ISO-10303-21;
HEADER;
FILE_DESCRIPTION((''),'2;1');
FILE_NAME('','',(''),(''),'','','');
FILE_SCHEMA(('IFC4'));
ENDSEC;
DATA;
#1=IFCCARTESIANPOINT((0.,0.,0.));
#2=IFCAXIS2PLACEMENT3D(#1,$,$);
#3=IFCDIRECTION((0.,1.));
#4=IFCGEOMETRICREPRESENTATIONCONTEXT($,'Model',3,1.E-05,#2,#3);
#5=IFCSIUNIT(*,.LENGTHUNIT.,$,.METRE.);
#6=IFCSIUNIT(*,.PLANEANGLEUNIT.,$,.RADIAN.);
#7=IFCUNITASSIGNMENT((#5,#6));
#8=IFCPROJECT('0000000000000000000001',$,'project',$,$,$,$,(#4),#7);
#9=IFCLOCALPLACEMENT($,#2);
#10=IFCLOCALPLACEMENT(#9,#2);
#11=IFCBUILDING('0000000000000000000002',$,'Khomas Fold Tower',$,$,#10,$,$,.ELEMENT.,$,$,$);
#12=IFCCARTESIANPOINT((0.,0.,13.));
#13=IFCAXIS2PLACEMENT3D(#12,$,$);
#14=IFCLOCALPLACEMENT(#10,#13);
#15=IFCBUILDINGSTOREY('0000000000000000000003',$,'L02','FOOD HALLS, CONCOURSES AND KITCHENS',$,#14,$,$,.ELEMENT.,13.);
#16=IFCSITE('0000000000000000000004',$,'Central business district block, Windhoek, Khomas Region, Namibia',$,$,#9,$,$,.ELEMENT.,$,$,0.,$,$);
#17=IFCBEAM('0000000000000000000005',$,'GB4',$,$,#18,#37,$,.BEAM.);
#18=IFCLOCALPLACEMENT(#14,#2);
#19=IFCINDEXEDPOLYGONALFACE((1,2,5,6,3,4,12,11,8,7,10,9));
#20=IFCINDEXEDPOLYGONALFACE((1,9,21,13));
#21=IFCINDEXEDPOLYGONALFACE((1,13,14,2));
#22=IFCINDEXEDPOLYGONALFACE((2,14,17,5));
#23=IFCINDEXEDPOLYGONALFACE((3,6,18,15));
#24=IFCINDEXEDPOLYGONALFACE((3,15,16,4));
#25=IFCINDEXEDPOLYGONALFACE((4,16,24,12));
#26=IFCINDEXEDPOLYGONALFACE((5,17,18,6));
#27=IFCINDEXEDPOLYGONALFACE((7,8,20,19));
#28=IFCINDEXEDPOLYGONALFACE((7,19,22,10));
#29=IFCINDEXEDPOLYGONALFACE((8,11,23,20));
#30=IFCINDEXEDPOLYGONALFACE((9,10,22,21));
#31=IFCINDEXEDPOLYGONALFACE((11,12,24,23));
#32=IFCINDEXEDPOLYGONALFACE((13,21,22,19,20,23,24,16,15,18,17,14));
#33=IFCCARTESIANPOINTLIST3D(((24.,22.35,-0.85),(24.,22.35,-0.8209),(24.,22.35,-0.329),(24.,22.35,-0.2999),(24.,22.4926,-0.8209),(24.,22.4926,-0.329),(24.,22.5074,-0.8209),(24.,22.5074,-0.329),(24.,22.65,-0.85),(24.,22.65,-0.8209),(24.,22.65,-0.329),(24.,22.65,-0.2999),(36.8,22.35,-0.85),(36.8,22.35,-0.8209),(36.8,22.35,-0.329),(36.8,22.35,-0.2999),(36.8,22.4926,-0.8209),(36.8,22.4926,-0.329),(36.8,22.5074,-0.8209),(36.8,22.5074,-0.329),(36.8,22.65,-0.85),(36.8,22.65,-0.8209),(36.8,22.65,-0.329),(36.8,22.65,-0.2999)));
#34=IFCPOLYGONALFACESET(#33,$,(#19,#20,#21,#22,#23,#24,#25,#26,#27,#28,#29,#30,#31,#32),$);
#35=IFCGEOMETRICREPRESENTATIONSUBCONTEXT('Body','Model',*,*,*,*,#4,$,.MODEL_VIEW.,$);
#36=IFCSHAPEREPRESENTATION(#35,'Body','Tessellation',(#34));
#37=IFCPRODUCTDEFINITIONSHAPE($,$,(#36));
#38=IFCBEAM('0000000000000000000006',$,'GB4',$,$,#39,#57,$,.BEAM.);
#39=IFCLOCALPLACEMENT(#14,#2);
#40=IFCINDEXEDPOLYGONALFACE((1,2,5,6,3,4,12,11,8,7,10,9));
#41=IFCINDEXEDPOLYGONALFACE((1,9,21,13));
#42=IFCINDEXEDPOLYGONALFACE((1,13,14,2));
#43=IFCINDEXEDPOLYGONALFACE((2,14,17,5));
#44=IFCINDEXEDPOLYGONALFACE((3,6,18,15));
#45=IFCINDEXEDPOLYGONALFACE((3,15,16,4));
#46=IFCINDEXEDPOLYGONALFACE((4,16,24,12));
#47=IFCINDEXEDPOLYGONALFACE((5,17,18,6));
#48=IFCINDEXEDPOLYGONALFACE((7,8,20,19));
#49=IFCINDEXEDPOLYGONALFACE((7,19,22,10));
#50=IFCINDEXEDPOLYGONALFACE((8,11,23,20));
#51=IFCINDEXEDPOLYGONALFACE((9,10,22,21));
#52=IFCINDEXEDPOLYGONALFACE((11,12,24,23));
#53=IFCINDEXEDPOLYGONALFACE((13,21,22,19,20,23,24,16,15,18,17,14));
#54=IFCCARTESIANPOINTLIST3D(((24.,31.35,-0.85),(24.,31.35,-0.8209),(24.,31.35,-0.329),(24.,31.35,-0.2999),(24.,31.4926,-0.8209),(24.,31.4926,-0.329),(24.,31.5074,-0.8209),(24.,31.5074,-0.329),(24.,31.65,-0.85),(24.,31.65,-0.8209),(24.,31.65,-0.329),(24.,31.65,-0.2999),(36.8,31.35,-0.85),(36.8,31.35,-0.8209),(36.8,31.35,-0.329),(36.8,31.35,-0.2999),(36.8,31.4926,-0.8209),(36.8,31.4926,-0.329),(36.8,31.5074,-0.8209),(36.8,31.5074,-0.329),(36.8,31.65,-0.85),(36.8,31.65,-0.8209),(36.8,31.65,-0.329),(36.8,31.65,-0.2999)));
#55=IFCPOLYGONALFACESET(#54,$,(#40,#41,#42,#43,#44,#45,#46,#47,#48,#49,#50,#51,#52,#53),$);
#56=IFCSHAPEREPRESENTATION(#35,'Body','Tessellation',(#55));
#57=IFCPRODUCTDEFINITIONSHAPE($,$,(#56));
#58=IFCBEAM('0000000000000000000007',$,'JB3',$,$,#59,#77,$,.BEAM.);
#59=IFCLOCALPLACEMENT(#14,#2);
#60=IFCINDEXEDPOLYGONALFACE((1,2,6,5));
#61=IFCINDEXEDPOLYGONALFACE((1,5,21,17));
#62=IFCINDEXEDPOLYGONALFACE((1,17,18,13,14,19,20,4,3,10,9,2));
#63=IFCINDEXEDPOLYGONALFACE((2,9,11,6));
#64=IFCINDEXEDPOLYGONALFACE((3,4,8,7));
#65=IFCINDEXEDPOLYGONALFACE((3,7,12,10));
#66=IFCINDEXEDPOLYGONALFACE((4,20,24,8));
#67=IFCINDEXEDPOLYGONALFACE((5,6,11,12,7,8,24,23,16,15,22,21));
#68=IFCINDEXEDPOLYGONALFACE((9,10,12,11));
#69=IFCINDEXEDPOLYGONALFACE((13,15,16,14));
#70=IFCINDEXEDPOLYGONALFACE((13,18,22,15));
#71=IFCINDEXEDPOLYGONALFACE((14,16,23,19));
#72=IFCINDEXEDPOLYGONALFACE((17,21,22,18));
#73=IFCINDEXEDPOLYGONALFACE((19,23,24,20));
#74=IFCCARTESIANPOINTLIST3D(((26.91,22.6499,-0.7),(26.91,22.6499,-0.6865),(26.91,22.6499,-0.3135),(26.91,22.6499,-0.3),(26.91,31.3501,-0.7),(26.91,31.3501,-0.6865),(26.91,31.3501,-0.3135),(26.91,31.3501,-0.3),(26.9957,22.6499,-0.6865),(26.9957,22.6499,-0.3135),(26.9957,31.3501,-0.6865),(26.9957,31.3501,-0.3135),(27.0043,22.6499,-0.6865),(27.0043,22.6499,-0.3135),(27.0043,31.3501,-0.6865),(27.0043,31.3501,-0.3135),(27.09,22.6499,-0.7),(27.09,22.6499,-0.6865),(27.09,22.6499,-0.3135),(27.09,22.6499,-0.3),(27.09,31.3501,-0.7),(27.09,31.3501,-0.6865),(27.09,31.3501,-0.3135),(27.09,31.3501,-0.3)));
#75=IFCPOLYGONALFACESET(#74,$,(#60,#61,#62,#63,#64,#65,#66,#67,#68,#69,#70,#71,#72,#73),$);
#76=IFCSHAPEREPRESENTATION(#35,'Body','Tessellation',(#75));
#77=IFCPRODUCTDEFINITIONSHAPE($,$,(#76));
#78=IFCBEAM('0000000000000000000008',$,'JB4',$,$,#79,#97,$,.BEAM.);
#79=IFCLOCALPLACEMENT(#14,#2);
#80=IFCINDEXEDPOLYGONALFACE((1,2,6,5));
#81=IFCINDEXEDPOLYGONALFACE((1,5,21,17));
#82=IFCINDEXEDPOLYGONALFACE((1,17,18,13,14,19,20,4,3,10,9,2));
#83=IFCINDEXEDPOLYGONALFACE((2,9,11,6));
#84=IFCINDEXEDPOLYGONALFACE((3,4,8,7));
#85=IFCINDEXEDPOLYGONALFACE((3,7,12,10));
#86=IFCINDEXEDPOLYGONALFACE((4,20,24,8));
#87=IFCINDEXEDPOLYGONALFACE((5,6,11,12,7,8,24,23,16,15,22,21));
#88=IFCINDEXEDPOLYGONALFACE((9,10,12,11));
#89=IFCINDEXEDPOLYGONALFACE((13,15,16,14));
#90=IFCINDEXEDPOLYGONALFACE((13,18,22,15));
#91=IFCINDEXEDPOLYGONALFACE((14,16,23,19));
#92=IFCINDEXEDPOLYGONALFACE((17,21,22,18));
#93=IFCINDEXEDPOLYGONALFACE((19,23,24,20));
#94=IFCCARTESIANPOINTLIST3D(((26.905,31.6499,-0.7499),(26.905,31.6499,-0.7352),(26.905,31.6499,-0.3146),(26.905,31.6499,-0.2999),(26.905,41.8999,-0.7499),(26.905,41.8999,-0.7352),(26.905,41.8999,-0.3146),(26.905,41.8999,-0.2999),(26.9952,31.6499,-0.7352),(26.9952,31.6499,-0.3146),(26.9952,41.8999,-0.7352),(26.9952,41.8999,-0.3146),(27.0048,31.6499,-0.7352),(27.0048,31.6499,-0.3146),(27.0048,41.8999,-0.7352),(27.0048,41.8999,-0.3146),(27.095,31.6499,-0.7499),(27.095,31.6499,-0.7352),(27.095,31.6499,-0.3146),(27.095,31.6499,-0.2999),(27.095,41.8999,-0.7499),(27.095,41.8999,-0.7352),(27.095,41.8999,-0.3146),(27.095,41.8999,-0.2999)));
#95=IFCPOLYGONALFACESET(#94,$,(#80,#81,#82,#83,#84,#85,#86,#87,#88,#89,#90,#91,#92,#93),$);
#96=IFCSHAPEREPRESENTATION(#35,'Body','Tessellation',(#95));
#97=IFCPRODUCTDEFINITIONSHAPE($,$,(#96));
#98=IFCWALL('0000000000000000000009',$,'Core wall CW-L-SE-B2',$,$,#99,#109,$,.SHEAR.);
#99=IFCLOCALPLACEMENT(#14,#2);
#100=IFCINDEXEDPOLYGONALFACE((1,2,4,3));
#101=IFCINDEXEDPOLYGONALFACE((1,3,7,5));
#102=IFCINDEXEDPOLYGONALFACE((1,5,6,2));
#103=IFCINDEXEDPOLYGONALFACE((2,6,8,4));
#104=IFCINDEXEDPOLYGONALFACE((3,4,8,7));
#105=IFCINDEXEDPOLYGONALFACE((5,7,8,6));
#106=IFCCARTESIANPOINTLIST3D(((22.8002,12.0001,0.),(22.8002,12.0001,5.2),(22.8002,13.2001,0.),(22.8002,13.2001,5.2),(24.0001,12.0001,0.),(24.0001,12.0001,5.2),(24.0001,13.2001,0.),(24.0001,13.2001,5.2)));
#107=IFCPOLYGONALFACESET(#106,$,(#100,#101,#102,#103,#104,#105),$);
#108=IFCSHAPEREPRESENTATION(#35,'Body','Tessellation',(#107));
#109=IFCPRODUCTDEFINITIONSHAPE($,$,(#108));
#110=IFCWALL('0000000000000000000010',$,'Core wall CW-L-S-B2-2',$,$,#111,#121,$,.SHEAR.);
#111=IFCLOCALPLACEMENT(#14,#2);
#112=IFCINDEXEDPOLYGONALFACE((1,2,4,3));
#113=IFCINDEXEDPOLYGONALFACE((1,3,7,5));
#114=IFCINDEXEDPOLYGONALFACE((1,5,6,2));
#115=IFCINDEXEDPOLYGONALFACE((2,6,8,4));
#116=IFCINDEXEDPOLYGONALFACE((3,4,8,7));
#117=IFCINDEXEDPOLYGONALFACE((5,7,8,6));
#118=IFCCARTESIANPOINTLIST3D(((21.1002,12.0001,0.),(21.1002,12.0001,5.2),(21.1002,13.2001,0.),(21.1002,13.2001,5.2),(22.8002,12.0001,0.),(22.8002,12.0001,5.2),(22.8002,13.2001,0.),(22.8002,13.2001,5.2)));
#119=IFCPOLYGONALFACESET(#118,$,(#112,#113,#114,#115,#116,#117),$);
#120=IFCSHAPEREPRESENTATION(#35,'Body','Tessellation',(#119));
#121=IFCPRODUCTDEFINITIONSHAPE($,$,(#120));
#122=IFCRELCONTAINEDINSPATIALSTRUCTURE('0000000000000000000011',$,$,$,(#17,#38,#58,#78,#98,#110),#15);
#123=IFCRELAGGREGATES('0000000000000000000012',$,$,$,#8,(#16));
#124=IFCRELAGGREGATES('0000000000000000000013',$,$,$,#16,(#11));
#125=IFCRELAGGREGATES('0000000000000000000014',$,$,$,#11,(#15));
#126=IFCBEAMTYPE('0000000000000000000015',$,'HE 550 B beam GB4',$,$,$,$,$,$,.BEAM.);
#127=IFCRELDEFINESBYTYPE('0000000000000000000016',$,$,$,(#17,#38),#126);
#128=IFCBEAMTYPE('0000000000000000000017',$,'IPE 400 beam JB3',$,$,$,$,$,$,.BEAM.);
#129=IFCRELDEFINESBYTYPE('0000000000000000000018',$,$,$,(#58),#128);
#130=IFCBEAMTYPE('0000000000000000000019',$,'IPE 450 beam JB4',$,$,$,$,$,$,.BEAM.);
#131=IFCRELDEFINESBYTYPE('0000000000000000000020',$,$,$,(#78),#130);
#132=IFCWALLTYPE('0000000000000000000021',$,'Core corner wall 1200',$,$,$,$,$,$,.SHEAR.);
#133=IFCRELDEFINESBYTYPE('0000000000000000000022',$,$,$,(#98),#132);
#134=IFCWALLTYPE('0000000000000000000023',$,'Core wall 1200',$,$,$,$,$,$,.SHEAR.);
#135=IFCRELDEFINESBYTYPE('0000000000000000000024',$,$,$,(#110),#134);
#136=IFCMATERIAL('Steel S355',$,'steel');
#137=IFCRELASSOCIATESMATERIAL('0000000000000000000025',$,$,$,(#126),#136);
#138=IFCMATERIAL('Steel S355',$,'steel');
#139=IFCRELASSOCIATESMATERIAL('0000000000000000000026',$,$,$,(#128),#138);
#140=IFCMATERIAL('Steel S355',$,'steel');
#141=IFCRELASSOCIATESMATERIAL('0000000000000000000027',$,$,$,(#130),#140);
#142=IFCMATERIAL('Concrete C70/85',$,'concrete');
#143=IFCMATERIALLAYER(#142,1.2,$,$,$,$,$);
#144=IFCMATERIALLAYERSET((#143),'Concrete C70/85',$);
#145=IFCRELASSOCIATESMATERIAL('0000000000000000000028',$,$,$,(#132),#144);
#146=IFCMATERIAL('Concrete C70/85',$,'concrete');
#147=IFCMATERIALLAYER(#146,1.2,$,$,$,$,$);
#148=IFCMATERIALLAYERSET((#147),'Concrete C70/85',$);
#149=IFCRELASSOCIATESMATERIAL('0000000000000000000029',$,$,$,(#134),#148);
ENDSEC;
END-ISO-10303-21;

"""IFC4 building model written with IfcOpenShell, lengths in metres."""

from ifc_helpers import new_model, si_unit, direction, frame, frame_2d, origin, origin_2d, place, context, subcontext, project, spatial, rectangle, i_section, extrude, source, transform, mapped, material, layer, layer_set, material_profile, profile_set, type_object, element, save


model = new_model("IFC4")

# Units and contexts
model_context = context("Model", 3, precision=1e-05, world=origin(), true_north=direction((0.0, 1.0)))
body_context = subcontext(model_context, "Body", "Model", "MODEL_VIEW")
ifc_project = project(units=[si_unit("LENGTHUNIT", "METRE"), si_unit("PLANEANGLEUNIT", "RADIAN")], contexts=[model_context])

# Site, building, storey
site_placement = place(None, origin())
site = spatial("IfcSite", under=ifc_project, at=site_placement, Name="Central business district block, Windhoek, Khomas Region, Namibia", CompositionType="ELEMENT", RefElevation=0.0)
building_placement = place(site_placement, origin())
building = spatial("IfcBuilding", under=site, at=building_placement, Name="Khomas Fold Tower", CompositionType="ELEMENT")
storey_placement = place(building_placement, frame((0.0, 0.0, 13.0)))
storey = spatial("IfcBuildingStorey", under=building, at=storey_placement, Name="L02", Description="FOOD HALLS, CONCOURSES AND KITCHENS", CompositionType="ELEMENT", Elevation=13.0)

# Beams
ifc_material_1 = material(Name="Steel S355", Category="steel")
ifc_material_profile_1 = material_profile(ifc_material_1, i_section(OverallWidth=0.3, OverallDepth=0.55, WebThickness=0.0149, FlangeThickness=0.0291, at=origin_2d()), Name="HE 550 B")
ifc_profile_set_1 = profile_set([ifc_material_profile_1], Name="Steel S355")
beam_type_1 = type_object("IfcBeamType", Name="HE 550 B beam GB4", PredefinedType="BEAM", material=ifc_profile_set_1)
shared_shape_1 = source(origin(), body_context, "Body", "SweptSolid", [
    extrude(i_section(OverallWidth=0.3, OverallDepth=0.55, WebThickness=0.0149, FlangeThickness=0.0291, at=origin_2d()), origin(), (0.0, 0.0, 1.0), 12.8),
])
for number, where, z_axis, x_axis, name in (
    (1, (24.0, 22.5, -0.575), (1.0, 0.0, 0.0), (0.0, 1.0, 0.0), "GB4"),
    (2, (24.0, 31.5, -0.575), (1.0, 0.0, 0.0), (0.0, 1.0, 0.0), "GB4"),
):
    element("IfcBeam", number, at=place(storey_placement, frame(where, z_axis=z_axis, x_axis=x_axis)), inside=storey, type_object=beam_type_1, Name=name, PredefinedType="BEAM", context=body_context, shape_type="MappedRepresentation", body=[
        mapped(shared_shape_1, transform((0.0, 0.0, 0.0))),
    ])
ifc_material_2 = material(Name="Steel S355", Category="steel")
ifc_material_profile_2 = material_profile(ifc_material_2, i_section(OverallWidth=0.1799, OverallDepth=0.3999, WebThickness=0.0085, FlangeThickness=0.0134, at=origin_2d()), Name="IPE 400")
ifc_profile_set_2 = profile_set([ifc_material_profile_2], Name="Steel S355")
beam_type_2 = type_object("IfcBeamType", Name="IPE 400 beam JB3", PredefinedType="BEAM", material=ifc_profile_set_2)
shared_shape_2 = source(origin(), body_context, "Body", "SweptSolid", [
    extrude(i_section(OverallWidth=0.1799, OverallDepth=0.3999, WebThickness=0.0085, FlangeThickness=0.0134, at=origin_2d()), origin(), (0.0, 0.0, 1.0), 8.7002),
])
beam_1_placement = place(storey_placement, frame((27.0, 22.6499, -0.5), z_axis=(0.0, 1.0, 0.0), x_axis=(-1.0, 0.0, 0.0)))
element("IfcBeam", 3, at=beam_1_placement, inside=storey, type_object=beam_type_2, Name="JB3", PredefinedType="BEAM", context=body_context, shape_type="MappedRepresentation", body=[
    mapped(shared_shape_2, transform((0.0, 0.0, 0.0))),
])
ifc_material_3 = material(Name="Steel S355", Category="steel")
ifc_material_profile_3 = material_profile(ifc_material_3, i_section(OverallWidth=0.1899, OverallDepth=0.45, WebThickness=0.0095, FlangeThickness=0.0146, at=origin_2d()), Name="IPE 450")
ifc_profile_set_3 = profile_set([ifc_material_profile_3], Name="Steel S355")
beam_type_3 = type_object("IfcBeamType", Name="IPE 450 beam JB4", PredefinedType="BEAM", material=ifc_profile_set_3)
shared_shape_3 = source(origin(), body_context, "Body", "SweptSolid", [
    extrude(i_section(OverallWidth=0.1899, OverallDepth=0.45, WebThickness=0.0095, FlangeThickness=0.0146, at=origin_2d()), origin(), (0.0, 0.0, 1.0), 10.25),
])
beam_2_placement = place(storey_placement, frame((27.0, 31.6499, -0.5249), z_axis=(0.0, 1.0, 0.0), x_axis=(-1.0, 0.0, 0.0)))
element("IfcBeam", 4, at=beam_2_placement, inside=storey, type_object=beam_type_3, Name="JB4", PredefinedType="BEAM", context=body_context, shape_type="MappedRepresentation", body=[
    mapped(shared_shape_3, transform((0.0, 0.0, 0.0))),
])

# Walls
ifc_material_4 = material(Name="Concrete C70/85", Category="concrete")
ifc_layer_1 = layer(ifc_material_4, 1.2)
ifc_layer_set_1 = layer_set([ifc_layer_1], Name="Concrete C70/85")
wall_type_1 = type_object("IfcWallType", Name="Core corner wall 1200", PredefinedType="SHEAR", material=ifc_layer_set_1)
shared_shape_4 = source(origin(), body_context, "Body", "SweptSolid", [
    extrude(rectangle(XDim=1.2, YDim=1.2, at=frame_2d((0.6001, 0.0))), origin(), (0.0, 0.0, 1.0), 5.2),
])
wall_1_placement = place(storey_placement, frame((22.8, 12.6001, 0.0), z_axis=(0.0, 0.0, 1.0), x_axis=(1.0, 0.0, 0.0)))
element("IfcWall", 5, at=wall_1_placement, inside=storey, type_object=wall_type_1, Name="Core wall CW-L-SE-B2", PredefinedType="SHEAR", context=body_context, shape_type="MappedRepresentation", body=[
    mapped(shared_shape_4, transform((0.0, 0.0, 0.0))),
])
ifc_material_5 = material(Name="Concrete C70/85", Category="concrete")
ifc_layer_2 = layer(ifc_material_5, 1.2)
ifc_layer_set_2 = layer_set([ifc_layer_2], Name="Concrete C70/85")
wall_type_2 = type_object("IfcWallType", Name="Core wall 1200", PredefinedType="SHEAR", material=ifc_layer_set_2)
shared_shape_5 = source(origin(), body_context, "Body", "SweptSolid", [
    extrude(rectangle(XDim=1.7, YDim=1.2, at=frame_2d((0.8501, 0.0))), origin(), (0.0, 0.0, 1.0), 5.2),
])
wall_2_placement = place(storey_placement, frame((21.1001, 12.6001, 0.0), z_axis=(0.0, 0.0, 1.0), x_axis=(1.0, 0.0, 0.0)))
element("IfcWall", 6, at=wall_2_placement, inside=storey, type_object=wall_type_2, Name="Core wall CW-L-S-B2-2", PredefinedType="SHEAR", context=body_context, shape_type="MappedRepresentation", body=[
    mapped(shared_shape_5, transform((0.0, 0.0, 0.0))),
])

save(model, "model.ifc")
